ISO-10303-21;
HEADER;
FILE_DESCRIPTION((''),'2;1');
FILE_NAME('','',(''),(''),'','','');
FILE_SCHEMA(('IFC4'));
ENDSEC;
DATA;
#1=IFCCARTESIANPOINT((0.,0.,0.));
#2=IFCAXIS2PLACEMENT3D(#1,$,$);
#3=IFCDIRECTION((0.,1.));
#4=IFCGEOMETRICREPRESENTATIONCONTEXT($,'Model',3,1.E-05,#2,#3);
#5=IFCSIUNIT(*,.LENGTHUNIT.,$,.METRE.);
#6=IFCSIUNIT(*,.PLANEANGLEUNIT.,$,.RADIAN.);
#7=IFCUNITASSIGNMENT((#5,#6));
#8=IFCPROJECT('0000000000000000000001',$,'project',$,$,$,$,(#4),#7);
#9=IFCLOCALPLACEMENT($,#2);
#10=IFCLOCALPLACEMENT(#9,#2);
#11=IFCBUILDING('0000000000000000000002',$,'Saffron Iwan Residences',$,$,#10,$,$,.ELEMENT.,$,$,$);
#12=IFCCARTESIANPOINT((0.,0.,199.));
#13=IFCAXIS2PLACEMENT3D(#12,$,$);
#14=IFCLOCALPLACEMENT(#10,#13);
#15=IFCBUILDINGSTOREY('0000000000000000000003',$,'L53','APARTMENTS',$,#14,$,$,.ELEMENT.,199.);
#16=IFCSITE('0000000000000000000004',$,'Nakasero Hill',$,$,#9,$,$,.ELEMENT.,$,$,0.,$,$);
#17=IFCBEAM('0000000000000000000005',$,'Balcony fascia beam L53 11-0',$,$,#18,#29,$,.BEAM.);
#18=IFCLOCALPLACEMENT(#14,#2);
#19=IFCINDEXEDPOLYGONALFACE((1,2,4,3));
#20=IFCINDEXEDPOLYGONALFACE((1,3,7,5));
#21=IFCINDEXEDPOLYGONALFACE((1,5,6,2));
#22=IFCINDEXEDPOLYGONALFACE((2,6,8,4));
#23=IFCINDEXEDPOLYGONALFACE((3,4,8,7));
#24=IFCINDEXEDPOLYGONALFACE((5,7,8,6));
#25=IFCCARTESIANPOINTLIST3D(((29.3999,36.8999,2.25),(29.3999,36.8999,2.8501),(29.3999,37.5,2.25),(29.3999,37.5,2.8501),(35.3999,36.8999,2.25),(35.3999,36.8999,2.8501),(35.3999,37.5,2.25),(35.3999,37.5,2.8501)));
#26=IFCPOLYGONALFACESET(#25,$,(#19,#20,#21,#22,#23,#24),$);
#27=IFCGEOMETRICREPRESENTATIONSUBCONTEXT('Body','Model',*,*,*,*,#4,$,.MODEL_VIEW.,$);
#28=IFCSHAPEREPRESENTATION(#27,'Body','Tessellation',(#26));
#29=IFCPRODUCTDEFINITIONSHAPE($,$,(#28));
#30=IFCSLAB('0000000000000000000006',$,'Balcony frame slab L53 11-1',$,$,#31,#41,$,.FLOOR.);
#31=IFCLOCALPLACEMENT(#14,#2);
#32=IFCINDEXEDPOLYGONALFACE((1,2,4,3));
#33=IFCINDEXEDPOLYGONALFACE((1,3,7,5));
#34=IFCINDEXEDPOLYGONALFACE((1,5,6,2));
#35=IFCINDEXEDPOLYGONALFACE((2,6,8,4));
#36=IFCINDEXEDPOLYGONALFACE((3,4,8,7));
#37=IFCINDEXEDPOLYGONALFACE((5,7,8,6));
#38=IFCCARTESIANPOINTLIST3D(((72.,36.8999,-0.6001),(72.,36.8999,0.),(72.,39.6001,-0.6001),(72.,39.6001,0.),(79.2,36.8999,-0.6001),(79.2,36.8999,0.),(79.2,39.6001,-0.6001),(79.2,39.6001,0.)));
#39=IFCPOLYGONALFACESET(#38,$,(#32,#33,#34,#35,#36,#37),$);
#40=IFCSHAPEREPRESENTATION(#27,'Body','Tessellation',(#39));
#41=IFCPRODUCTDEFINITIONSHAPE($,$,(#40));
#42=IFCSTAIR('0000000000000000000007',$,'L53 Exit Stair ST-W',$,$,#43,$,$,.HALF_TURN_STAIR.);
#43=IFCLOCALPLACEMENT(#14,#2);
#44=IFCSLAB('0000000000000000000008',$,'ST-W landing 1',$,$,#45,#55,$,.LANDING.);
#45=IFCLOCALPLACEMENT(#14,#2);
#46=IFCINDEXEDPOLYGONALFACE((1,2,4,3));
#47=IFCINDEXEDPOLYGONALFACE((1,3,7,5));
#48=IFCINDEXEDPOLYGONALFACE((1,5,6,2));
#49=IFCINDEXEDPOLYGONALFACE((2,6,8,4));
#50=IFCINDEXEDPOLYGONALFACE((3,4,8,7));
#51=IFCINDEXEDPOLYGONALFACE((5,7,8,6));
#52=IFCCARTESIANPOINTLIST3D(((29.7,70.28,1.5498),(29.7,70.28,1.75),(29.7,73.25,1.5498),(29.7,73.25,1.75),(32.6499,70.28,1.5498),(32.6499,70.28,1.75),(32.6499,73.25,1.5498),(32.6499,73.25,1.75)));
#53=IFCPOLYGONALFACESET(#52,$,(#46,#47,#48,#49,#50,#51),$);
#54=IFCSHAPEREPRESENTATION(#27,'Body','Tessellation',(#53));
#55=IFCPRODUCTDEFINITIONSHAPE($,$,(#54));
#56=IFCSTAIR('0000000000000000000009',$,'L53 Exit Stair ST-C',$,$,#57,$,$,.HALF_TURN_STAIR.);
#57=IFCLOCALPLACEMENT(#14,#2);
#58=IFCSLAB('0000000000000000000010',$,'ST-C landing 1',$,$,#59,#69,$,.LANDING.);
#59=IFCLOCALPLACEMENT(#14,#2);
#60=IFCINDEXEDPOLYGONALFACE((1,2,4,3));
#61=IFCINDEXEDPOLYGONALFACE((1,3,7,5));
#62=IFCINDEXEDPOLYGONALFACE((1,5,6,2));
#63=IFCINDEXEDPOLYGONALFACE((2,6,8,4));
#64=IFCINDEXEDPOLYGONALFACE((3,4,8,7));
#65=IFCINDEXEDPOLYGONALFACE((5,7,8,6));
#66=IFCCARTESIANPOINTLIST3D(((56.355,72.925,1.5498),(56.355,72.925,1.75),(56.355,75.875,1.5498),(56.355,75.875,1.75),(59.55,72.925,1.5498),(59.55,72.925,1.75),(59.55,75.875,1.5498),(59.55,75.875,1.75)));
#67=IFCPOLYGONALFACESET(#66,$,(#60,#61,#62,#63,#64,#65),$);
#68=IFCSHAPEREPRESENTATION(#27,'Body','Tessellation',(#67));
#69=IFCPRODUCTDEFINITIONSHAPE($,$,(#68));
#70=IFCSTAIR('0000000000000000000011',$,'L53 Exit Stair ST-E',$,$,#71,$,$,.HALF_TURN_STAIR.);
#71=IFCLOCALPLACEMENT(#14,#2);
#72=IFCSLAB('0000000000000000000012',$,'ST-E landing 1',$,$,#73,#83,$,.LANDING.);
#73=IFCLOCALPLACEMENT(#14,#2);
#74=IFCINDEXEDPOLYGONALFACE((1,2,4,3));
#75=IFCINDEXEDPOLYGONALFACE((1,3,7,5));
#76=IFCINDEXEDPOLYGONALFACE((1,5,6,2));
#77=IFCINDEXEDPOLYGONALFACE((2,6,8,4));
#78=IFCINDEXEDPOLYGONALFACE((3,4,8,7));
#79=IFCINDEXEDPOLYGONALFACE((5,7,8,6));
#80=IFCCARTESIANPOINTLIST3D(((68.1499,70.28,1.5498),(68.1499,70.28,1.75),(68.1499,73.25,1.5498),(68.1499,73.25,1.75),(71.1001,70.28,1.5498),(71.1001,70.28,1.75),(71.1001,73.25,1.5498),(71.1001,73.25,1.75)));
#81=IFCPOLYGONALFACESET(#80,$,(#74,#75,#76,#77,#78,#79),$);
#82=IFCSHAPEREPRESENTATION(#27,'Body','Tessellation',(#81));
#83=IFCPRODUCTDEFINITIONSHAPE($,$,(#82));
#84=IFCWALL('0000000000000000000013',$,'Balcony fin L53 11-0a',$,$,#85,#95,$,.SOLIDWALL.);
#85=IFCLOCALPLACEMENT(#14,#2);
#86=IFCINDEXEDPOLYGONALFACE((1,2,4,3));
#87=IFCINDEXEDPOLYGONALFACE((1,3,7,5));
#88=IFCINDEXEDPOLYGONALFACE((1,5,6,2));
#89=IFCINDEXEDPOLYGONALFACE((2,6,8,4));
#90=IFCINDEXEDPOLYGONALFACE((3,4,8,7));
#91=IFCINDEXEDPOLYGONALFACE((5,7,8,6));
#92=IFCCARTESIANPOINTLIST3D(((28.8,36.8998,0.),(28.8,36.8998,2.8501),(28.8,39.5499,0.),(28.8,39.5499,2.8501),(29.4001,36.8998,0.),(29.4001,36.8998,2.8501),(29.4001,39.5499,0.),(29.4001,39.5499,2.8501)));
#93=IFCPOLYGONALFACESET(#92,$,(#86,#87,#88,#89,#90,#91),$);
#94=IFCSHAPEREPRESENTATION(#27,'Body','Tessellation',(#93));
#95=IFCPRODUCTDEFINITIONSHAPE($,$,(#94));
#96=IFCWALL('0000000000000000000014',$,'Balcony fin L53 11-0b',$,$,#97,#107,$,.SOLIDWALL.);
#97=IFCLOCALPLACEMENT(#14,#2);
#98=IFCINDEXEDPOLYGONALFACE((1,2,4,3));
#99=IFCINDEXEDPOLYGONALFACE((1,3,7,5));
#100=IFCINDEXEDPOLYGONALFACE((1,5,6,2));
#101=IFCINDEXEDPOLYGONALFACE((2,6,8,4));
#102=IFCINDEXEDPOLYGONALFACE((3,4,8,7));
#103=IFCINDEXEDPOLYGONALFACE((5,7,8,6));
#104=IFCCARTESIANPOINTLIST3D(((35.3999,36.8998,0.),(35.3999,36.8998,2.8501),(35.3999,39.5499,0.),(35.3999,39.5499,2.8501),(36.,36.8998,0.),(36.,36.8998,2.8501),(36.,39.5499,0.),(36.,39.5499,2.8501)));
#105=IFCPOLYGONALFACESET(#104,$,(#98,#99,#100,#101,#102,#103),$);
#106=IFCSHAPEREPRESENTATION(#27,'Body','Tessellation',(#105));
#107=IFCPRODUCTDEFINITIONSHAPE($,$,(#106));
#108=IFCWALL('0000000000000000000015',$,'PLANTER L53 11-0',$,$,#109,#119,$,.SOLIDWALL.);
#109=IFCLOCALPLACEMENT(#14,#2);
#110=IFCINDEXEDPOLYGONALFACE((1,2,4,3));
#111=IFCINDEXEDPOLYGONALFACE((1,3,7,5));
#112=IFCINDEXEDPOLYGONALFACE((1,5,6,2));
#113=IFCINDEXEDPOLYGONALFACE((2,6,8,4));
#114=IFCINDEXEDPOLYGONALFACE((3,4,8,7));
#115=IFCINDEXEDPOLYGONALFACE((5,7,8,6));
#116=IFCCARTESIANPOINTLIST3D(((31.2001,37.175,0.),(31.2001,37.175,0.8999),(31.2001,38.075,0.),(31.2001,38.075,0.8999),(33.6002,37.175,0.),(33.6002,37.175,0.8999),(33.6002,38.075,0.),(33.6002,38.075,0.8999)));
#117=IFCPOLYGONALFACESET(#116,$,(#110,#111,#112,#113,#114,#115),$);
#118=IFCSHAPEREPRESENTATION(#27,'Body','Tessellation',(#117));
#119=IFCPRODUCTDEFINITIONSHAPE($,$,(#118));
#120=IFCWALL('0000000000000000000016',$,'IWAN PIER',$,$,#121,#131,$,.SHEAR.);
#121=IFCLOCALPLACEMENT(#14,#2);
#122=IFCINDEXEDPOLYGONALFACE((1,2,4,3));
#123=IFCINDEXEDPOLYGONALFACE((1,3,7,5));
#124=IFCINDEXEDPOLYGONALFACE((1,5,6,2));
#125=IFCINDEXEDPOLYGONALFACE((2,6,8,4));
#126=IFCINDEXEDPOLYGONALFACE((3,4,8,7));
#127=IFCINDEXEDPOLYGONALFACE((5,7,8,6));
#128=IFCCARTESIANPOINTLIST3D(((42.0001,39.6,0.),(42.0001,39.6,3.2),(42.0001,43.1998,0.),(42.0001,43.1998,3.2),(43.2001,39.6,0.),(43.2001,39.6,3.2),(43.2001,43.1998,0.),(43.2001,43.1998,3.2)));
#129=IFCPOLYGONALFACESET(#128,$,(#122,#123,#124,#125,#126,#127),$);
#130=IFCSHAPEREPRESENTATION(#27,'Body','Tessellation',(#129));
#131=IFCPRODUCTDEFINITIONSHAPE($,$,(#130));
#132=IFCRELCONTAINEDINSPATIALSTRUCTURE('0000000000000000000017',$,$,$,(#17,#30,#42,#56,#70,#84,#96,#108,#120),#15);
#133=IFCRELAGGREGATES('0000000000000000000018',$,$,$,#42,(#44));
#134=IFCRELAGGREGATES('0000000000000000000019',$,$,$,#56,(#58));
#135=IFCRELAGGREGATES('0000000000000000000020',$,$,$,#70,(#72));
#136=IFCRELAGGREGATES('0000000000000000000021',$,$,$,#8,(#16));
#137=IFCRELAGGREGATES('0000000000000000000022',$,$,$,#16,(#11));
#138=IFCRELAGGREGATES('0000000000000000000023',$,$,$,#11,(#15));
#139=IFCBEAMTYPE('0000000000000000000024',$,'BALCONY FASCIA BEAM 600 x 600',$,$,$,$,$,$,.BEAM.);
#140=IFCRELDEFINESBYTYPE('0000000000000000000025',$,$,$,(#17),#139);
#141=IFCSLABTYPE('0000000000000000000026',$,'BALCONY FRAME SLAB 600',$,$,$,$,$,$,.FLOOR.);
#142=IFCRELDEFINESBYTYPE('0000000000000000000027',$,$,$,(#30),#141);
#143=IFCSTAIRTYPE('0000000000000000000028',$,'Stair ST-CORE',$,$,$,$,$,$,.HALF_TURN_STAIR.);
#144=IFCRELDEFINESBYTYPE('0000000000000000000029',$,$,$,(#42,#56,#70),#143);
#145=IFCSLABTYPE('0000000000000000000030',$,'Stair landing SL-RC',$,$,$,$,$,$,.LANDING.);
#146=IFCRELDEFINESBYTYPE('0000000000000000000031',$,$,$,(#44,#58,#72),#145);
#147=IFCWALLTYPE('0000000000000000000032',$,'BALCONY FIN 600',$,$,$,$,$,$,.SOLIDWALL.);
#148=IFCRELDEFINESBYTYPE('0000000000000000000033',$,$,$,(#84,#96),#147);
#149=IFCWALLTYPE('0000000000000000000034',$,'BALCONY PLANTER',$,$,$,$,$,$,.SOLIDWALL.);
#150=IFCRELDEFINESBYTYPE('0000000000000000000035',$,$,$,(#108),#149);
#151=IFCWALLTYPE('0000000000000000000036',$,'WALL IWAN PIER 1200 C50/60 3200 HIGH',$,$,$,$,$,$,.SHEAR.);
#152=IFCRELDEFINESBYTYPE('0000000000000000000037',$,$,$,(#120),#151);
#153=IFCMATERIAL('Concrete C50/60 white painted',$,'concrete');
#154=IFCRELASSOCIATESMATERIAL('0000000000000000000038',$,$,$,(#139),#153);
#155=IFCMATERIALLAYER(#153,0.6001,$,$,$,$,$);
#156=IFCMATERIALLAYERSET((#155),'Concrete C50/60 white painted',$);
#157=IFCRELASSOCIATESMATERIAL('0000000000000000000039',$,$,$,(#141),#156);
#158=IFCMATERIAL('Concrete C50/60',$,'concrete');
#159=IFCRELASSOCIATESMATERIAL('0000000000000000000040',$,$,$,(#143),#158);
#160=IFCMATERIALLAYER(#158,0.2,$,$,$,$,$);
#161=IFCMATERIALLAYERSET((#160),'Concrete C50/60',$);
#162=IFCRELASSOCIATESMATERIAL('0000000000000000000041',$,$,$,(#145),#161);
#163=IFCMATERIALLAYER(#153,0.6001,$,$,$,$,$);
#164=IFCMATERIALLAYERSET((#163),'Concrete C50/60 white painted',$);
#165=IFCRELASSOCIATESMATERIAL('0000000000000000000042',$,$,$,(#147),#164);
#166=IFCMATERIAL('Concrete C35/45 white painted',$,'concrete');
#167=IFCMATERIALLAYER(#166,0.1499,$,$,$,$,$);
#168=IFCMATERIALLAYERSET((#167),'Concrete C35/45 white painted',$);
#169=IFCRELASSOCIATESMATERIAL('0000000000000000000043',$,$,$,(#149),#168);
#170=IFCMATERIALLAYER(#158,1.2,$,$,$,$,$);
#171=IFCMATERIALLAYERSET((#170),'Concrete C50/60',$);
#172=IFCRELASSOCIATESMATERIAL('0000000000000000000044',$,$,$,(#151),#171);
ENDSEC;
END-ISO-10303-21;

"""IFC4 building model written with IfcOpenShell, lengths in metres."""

from ifc_helpers import new_model, si_unit, direction, frame, frame_2d, origin, origin_2d, place, context, subcontext, project, spatial, polyline, rectangle, outline, extrude, source, transform, mapped, material, layer, layer_set, material_profile, profile_set, type_object, element, aggregate, save


model = new_model("IFC4")

# Units and contexts
model_context = context("Model", 3, precision=1e-05, world=origin(), true_north=direction((0.0, 1.0)))
body_context = subcontext(model_context, "Body", "Model", "MODEL_VIEW")
ifc_project = project(units=[si_unit("LENGTHUNIT", "METRE"), si_unit("PLANEANGLEUNIT", "RADIAN")], contexts=[model_context])

# Site, building, storey
site_placement = place(None, origin())
site = spatial("IfcSite", under=ifc_project, at=site_placement, Name="Nakasero Hill", CompositionType="ELEMENT", RefElevation=0.0)
building_placement = place(site_placement, origin())
building = spatial("IfcBuilding", under=site, at=building_placement, Name="Saffron Iwan Residences", CompositionType="ELEMENT")
storey_placement = place(building_placement, frame((0.0, 0.0, 199.0)))
storey = spatial("IfcBuildingStorey", under=building, at=storey_placement, Name="L53", Description="APARTMENTS", CompositionType="ELEMENT", Elevation=199.0)

# Beam
ifc_material_1 = material(Name="Concrete C50/60 white painted", Category="concrete")
ifc_material_profile = material_profile(ifc_material_1, rectangle(XDim=0.6001, YDim=0.6001, at=origin_2d()), Name="BALCONY FASCIA BEAM 600 x 600")
ifc_profile_set = profile_set([ifc_material_profile], Name="Concrete C50/60 white painted")
beam_type = type_object("IfcBeamType", Name="BALCONY FASCIA BEAM 600 x 600", PredefinedType="BEAM", material=ifc_profile_set)
shared_shape = source(origin(), body_context, "Body", "SweptSolid", [
    extrude(rectangle(XDim=0.6001, YDim=0.6001, at=origin_2d()), origin(), (0.0, 0.0, 1.0), 6.0),
])
beam_placement = place(storey_placement, frame((29.3999, 37.2, 2.55), z_axis=(1.0, 0.0, 0.0), x_axis=(0.0, 1.0, 0.0)))
element("IfcBeam", 1, at=beam_placement, inside=storey, type_object=beam_type, Name="Balcony fascia beam L53 11-0", PredefinedType="BEAM", context=body_context, shape_type="MappedRepresentation", body=[
    mapped(shared_shape, transform((0.0, 0.0, 0.0))),
])

# Slab
ifc_layer_1 = layer(ifc_material_1, 0.6001)
ifc_layer_set_1 = layer_set([ifc_layer_1], Name="Concrete C50/60 white painted")
slab_type_1 = type_object("IfcSlabType", Name="BALCONY FRAME SLAB 600", PredefinedType="FLOOR", material=ifc_layer_set_1)
slab_1_placement = place(storey_placement, frame((0.0, 0.0, -0.6001)))
element("IfcSlab", 2, at=slab_1_placement, inside=storey, type_object=slab_type_1, Name="Balcony frame slab L53 11-1", PredefinedType="FLOOR", context=body_context, shape_type="SweptSolid", body=[
    extrude(outline(polyline([(72.0, 36.8999), (79.2, 36.8999), (79.2, 39.6001), (72.0, 39.6001), (72.0, 36.8999)])), origin(), (0.0, 0.0, 1.0), 0.6001),
])

# Stairs, slabs
ifc_material_2 = material(Name="Concrete C50/60", Category="concrete")
stair_type = type_object("IfcStairType", Name="Stair ST-CORE", PredefinedType="HALF_TURN_STAIR", material=ifc_material_2)
stair_1_placement = place(storey_placement, origin())
stair_1 = element("IfcStair", 3, at=stair_1_placement, inside=storey, type_object=stair_type, Name="L53 Exit Stair ST-W", PredefinedType="HALF_TURN_STAIR")
ifc_layer_2 = layer(ifc_material_2, 0.2)
ifc_layer_set_2 = layer_set([ifc_layer_2], Name="Concrete C50/60")
slab_type_2 = type_object("IfcSlabType", Name="Stair landing SL-RC", PredefinedType="LANDING", material=ifc_layer_set_2)
slab_2_placement = place(storey_placement, frame((0.0, 0.0, 1.5498)))
slab_2 = element("IfcSlab", 4, at=slab_2_placement, type_object=slab_type_2, Name="ST-W landing 1", PredefinedType="LANDING", context=body_context, shape_type="SweptSolid", body=[
    extrude(outline(polyline([(32.6499, 70.28), (32.6499, 73.25), (29.7, 73.25), (29.7, 70.28), (32.6499, 70.28)])), origin(), (0.0, 0.0, 1.0), 0.2002),
])
aggregate(stair_1, [slab_2])
stair_2_placement = place(storey_placement, origin())
stair_2 = element("IfcStair", 5, at=stair_2_placement, inside=storey, type_object=stair_type, Name="L53 Exit Stair ST-C", PredefinedType="HALF_TURN_STAIR")
slab_3_placement = place(storey_placement, frame((0.0, 0.0, 1.5498)))
slab_3 = element("IfcSlab", 6, at=slab_3_placement, type_object=slab_type_2, Name="ST-C landing 1", PredefinedType="LANDING", context=body_context, shape_type="SweptSolid", body=[
    extrude(outline(polyline([(56.355, 72.925), (59.55, 72.925), (59.55, 75.875), (56.355, 75.875), (56.355, 72.925)])), origin(), (0.0, 0.0, 1.0), 0.2002),
])
aggregate(stair_2, [slab_3])
stair_3_placement = place(storey_placement, origin())
stair_3 = element("IfcStair", 7, at=stair_3_placement, inside=storey, type_object=stair_type, Name="L53 Exit Stair ST-E", PredefinedType="HALF_TURN_STAIR")
slab_4_placement = place(storey_placement, frame((0.0, 0.0, 1.5498)))
slab_4 = element("IfcSlab", 8, at=slab_4_placement, type_object=slab_type_2, Name="ST-E landing 1", PredefinedType="LANDING", context=body_context, shape_type="SweptSolid", body=[
    extrude(outline(polyline([(71.1001, 70.28), (71.1001, 73.25), (68.1499, 73.25), (68.1499, 70.28), (71.1001, 70.28)])), origin(), (0.0, 0.0, 1.0), 0.2002),
])
aggregate(stair_3, [slab_4])

# Walls
ifc_layer_3 = layer(ifc_material_1, 0.6001)
ifc_layer_set_3 = layer_set([ifc_layer_3], Name="Concrete C50/60 white painted")
wall_type_1 = type_object("IfcWallType", Name="BALCONY FIN 600", PredefinedType="SOLIDWALL", material=ifc_layer_set_3)
for number, where, z_axis, x_axis, name in (
    (9, (29.1001, 39.55, 0.0), (0.0, 0.0, 1.0), (0.0, -1.0, 0.0), "Balcony fin L53 11-0a"),
    (10, (35.7, 39.55, 0.0), (0.0, 0.0, 1.0), (0.0, -1.0, 0.0), "Balcony fin L53 11-0b"),
):
    element("IfcWall", number, at=place(storey_placement, frame(where, z_axis=z_axis, x_axis=x_axis)), inside=storey, type_object=wall_type_1, Name=name, PredefinedType="SOLIDWALL", context=body_context, shape_type="SweptSolid", body=[
        extrude(rectangle(XDim=2.6501, YDim=0.6001, at=frame_2d((1.3252, 0.0))), origin(), (0.0, 0.0, 1.0), 2.8501),
    ])
ifc_material_3 = material(Name="Concrete C35/45 white painted", Category="concrete")
ifc_layer_4 = layer(ifc_material_3, 0.1499)
ifc_layer_set_4 = layer_set([ifc_layer_4], Name="Concrete C35/45 white painted")
wall_type_2 = type_object("IfcWallType", Name="BALCONY PLANTER", PredefinedType="SOLIDWALL", material=ifc_layer_set_4)
wall_1_placement = place(storey_placement, frame((31.2, 37.625, 0.0), z_axis=(0.0, 0.0, 1.0), x_axis=(1.0, 0.0, 0.0)))
element("IfcWall", 11, at=wall_1_placement, inside=storey, type_object=wall_type_2, Name="PLANTER L53 11-0", PredefinedType="SOLIDWALL", context=body_context, shape_type="SweptSolid", body=[
    extrude(rectangle(XDim=2.4001, YDim=0.8999, at=frame_2d((1.2002, 0.0))), origin(), (0.0, 0.0, 1.0), 0.8999),
])
ifc_layer_5 = layer(ifc_material_2, 1.2)
ifc_layer_set_5 = layer_set([ifc_layer_5], Name="Concrete C50/60")
wall_type_3 = type_object("IfcWallType", Name="WALL IWAN PIER 1200 C50/60 3200 HIGH", PredefinedType="SHEAR", material=ifc_layer_set_5)
wall_2_placement = place(storey_placement, frame((42.6001, 39.6001, 0.0), z_axis=(0.0, 0.0, 1.0), x_axis=(0.0, 1.0, 0.0)))
element("IfcWall", 12, at=wall_2_placement, inside=storey, type_object=wall_type_3, Name="IWAN PIER", PredefinedType="SHEAR", context=body_context, shape_type="SweptSolid", body=[
    extrude(rectangle(XDim=3.5999, YDim=1.2, at=frame_2d((1.7998, 0.0))), origin(), (0.0, 0.0, 1.0), 3.2),
])

save(model, "model.ifc")
